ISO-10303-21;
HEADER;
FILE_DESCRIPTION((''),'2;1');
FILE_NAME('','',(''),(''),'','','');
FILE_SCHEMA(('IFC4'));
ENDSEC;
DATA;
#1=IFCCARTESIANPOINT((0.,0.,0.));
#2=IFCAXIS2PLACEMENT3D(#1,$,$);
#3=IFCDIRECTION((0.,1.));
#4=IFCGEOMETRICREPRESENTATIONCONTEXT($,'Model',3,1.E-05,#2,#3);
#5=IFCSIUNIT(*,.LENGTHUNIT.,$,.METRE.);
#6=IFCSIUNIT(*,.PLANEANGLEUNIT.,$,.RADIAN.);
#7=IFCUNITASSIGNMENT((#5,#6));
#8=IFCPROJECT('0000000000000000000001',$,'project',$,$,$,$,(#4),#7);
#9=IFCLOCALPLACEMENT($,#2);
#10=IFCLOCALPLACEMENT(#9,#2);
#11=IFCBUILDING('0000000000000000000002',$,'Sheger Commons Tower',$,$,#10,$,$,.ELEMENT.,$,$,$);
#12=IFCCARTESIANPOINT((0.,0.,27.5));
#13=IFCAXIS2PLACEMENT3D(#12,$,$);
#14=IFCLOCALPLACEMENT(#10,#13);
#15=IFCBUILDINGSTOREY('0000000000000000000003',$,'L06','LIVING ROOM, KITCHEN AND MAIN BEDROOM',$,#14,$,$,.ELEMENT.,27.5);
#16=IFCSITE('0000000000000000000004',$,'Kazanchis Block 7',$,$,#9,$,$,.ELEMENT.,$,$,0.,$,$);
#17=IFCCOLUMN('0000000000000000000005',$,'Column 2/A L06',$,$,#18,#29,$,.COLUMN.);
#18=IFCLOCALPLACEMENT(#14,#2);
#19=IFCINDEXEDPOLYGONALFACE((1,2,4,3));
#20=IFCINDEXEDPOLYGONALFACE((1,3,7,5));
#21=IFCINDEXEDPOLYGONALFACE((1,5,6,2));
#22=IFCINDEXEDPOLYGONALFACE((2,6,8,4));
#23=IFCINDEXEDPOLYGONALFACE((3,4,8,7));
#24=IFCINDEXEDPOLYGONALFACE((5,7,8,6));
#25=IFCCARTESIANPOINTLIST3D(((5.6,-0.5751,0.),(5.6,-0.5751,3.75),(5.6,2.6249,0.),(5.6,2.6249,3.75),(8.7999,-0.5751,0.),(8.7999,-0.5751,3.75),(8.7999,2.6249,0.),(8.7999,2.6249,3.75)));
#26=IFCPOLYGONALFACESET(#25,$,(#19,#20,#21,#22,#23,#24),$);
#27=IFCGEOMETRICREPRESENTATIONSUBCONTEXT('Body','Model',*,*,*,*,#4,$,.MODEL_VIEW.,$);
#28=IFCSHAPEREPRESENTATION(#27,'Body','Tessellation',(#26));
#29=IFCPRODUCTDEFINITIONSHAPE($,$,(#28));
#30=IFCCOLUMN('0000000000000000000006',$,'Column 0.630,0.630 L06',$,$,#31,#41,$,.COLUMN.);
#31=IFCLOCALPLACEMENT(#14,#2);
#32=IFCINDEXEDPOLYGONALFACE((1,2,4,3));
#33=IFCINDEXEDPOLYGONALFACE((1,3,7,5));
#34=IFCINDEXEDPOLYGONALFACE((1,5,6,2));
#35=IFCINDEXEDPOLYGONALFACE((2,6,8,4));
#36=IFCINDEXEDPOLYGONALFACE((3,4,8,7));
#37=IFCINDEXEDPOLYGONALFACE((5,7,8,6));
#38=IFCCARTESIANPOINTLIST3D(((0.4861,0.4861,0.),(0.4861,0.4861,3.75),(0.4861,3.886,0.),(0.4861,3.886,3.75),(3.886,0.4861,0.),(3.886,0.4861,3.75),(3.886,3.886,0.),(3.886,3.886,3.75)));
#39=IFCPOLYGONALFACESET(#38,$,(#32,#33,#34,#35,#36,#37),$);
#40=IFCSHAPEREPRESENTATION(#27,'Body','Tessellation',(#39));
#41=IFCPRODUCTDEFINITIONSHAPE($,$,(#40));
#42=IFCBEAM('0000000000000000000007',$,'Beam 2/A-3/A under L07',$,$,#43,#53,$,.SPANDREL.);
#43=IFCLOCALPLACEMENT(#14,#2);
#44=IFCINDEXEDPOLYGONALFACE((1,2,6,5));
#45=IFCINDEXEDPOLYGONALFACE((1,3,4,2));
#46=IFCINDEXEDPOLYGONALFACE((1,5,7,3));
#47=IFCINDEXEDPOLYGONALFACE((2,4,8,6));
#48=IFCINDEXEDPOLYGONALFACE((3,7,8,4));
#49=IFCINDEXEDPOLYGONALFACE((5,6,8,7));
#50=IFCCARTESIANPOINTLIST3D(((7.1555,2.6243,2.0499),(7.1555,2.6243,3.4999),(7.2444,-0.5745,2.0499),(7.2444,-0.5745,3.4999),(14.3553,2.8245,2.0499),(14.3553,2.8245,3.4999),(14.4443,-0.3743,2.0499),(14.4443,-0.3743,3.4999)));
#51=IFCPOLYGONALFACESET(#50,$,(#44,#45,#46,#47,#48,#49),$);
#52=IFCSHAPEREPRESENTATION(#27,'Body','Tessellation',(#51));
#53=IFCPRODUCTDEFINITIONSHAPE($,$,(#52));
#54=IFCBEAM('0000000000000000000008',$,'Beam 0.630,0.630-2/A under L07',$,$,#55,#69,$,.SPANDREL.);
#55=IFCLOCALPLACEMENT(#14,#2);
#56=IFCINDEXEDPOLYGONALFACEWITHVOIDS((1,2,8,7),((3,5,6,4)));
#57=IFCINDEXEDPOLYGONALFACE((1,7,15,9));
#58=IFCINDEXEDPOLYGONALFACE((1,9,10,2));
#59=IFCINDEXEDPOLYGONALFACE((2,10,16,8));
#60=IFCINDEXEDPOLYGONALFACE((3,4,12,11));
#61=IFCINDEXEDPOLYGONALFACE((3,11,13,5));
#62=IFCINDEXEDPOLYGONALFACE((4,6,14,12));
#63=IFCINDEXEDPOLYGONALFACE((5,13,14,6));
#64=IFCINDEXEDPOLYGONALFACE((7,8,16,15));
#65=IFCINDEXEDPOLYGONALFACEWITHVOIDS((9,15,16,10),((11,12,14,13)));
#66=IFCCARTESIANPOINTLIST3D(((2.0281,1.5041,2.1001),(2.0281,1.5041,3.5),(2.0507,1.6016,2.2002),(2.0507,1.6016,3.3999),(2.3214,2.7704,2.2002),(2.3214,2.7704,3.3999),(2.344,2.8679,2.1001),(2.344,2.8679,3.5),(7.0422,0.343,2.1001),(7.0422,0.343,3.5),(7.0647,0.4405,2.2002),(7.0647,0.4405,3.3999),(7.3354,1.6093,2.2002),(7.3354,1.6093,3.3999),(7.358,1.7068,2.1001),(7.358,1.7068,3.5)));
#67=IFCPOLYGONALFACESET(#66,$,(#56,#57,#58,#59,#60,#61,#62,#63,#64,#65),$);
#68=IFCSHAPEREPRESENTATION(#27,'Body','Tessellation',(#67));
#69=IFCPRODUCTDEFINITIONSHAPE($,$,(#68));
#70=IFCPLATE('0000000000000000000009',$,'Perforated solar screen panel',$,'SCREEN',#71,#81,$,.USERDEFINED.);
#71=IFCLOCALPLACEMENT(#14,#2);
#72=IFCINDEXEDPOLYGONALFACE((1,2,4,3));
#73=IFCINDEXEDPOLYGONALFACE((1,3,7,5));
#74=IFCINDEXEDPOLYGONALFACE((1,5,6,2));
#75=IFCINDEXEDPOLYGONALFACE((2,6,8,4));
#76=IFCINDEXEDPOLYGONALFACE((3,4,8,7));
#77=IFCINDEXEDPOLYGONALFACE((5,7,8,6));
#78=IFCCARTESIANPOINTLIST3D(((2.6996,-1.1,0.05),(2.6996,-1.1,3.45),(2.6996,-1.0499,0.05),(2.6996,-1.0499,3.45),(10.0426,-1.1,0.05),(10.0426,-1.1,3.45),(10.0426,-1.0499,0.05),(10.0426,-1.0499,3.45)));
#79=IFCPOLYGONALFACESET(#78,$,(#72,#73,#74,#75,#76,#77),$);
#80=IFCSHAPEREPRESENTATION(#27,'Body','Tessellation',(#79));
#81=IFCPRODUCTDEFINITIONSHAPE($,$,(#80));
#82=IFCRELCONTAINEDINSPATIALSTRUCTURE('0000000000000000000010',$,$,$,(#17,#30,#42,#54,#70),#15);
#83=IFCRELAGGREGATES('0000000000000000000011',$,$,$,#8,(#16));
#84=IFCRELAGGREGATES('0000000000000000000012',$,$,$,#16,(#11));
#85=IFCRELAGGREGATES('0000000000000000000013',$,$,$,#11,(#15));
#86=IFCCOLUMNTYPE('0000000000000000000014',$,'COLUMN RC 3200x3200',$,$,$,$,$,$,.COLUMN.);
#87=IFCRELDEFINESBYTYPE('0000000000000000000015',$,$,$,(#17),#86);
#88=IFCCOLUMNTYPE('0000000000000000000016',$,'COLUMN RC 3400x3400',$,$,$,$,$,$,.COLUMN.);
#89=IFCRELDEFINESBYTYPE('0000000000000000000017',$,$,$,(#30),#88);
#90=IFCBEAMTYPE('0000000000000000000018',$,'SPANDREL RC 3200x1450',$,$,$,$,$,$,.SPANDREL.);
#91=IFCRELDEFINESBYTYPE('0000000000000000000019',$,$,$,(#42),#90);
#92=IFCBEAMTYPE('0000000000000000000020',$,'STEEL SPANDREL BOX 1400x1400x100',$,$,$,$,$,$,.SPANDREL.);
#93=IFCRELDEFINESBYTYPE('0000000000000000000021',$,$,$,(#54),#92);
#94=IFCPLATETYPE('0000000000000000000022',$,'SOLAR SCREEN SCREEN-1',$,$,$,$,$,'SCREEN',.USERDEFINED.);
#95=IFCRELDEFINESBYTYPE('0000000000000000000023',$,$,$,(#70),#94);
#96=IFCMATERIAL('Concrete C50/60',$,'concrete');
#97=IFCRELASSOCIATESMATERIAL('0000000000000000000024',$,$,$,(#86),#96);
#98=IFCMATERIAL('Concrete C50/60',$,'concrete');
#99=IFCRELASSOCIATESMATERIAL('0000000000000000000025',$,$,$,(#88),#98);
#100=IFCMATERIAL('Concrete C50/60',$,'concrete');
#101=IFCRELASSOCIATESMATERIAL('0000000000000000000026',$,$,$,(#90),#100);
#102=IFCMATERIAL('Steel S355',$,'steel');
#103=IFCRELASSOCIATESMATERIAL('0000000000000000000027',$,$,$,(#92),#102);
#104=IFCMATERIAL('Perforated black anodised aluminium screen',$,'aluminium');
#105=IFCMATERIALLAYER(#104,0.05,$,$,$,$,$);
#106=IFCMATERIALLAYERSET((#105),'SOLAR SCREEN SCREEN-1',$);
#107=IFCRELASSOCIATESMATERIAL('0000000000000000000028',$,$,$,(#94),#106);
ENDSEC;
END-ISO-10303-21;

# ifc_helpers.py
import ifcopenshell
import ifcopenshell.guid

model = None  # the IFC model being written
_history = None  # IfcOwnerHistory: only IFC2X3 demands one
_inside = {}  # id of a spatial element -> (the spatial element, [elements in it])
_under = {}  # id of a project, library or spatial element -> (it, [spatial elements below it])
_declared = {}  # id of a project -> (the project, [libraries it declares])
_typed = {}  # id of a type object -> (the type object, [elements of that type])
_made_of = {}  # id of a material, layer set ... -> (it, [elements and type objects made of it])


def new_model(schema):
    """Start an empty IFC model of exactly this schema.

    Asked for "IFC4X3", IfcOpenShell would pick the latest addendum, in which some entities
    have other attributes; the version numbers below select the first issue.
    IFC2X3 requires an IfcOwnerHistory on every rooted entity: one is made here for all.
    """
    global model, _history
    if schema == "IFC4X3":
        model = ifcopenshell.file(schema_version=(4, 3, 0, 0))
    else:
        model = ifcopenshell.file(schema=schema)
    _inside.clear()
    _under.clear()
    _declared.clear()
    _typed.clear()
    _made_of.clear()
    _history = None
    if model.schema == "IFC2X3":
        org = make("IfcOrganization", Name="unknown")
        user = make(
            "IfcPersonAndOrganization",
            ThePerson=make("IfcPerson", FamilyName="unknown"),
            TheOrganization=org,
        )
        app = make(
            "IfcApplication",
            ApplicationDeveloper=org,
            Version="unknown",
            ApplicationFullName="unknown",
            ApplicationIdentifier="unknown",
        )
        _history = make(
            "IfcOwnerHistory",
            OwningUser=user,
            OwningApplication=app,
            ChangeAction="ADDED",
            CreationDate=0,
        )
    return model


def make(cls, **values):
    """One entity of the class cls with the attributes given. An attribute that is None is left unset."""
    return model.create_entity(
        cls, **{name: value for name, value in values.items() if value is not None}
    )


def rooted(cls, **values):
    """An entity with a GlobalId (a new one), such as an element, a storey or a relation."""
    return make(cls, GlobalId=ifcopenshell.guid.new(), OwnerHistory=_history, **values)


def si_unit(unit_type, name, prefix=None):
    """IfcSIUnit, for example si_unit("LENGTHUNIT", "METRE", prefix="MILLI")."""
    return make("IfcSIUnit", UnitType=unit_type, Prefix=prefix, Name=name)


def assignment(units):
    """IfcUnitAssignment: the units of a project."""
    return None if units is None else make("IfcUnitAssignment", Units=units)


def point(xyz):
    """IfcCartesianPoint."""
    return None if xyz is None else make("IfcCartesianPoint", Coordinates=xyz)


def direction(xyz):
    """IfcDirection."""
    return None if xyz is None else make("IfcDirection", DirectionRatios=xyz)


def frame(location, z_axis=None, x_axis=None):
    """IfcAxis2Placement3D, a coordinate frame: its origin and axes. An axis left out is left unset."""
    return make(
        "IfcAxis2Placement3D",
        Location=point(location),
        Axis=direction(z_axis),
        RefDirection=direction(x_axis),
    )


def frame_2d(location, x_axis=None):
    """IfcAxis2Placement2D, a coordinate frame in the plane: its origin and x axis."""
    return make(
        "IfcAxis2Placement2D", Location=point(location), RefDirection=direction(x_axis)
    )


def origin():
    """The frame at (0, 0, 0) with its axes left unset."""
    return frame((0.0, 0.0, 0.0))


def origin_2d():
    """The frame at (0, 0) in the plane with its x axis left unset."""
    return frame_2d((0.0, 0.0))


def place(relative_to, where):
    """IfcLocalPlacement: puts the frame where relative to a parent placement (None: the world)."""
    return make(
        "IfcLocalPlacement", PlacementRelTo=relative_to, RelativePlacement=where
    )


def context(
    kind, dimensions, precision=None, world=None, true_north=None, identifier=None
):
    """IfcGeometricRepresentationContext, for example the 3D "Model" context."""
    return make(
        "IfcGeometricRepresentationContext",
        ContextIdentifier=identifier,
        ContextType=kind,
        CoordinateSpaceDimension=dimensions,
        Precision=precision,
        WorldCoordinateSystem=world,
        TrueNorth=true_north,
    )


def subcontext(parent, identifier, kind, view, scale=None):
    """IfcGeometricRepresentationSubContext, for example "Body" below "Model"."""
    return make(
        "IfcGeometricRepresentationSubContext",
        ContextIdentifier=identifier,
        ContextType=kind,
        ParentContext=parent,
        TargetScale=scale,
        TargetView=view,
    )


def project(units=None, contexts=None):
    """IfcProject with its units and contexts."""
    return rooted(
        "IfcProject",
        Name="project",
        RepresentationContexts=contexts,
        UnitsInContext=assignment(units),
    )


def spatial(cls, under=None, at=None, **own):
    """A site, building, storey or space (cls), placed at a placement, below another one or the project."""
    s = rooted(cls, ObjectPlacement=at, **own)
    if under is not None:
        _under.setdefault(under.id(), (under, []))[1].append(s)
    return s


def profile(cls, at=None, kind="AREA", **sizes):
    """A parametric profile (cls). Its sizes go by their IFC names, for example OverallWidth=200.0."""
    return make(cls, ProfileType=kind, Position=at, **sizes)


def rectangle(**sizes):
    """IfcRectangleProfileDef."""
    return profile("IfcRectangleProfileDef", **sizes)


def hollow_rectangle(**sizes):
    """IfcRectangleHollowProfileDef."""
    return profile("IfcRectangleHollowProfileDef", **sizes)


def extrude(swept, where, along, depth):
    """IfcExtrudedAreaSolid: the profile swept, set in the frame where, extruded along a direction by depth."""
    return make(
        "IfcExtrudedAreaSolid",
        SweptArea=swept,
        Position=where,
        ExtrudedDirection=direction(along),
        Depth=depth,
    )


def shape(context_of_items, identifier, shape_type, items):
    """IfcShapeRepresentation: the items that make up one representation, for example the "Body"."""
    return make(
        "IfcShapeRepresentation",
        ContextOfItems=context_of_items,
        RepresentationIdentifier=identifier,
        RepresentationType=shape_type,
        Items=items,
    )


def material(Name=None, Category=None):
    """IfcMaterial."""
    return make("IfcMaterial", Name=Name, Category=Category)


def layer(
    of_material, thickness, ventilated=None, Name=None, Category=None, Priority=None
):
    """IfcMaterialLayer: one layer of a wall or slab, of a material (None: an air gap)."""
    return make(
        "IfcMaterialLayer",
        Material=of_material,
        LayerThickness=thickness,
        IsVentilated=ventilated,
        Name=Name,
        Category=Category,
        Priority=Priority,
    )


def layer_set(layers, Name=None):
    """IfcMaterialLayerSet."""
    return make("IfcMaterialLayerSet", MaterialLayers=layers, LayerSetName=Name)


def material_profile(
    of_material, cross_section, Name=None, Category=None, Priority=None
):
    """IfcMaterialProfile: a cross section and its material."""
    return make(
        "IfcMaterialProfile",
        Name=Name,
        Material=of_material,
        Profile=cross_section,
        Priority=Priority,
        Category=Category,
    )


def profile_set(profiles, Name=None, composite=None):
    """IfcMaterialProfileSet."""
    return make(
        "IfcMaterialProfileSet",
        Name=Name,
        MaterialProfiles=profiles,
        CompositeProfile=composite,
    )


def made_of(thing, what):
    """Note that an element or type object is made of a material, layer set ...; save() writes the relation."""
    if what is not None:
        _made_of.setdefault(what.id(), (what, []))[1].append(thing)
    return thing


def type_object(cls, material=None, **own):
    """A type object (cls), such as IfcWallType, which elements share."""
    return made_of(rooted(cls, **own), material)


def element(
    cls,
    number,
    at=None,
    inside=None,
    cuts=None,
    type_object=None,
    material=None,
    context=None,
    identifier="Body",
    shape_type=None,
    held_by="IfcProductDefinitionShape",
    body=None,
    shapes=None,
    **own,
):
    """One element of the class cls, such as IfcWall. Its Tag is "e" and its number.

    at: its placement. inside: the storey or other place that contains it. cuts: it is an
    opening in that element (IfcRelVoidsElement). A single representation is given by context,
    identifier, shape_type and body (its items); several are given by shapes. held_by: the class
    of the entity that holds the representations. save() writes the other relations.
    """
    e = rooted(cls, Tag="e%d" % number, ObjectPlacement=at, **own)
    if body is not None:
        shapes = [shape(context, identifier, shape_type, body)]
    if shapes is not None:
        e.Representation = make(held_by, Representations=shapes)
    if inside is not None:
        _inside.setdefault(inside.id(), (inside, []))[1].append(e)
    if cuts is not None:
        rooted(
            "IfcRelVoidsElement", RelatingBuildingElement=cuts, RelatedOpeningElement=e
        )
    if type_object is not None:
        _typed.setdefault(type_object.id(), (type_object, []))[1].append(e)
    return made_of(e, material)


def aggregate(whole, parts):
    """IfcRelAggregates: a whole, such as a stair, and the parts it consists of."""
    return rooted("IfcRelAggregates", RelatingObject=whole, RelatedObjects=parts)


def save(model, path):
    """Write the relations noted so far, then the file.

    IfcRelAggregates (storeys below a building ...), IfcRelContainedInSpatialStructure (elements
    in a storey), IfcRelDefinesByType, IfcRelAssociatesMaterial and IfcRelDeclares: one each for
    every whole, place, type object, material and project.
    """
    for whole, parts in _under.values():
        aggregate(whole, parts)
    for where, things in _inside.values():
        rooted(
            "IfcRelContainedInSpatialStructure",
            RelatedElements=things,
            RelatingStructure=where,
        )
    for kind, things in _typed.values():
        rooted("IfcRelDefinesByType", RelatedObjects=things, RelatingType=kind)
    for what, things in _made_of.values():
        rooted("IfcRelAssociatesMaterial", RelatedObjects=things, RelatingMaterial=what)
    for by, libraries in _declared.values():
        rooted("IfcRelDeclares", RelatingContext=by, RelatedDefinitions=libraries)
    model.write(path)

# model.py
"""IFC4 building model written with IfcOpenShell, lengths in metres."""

from ifc_helpers import new_model, si_unit, direction, frame, origin, origin_2d, place, context, subcontext, project, spatial, rectangle, hollow_rectangle, extrude, material, layer, layer_set, material_profile, profile_set, type_object, element, save


model = new_model("IFC4")

# Units and contexts
model_context = context("Model", 3, precision=1e-05, world=origin(), true_north=direction((0.0, 1.0)))
body_context = subcontext(model_context, "Body", "Model", "MODEL_VIEW")
ifc_project = project(units=[si_unit("LENGTHUNIT", "METRE"), si_unit("PLANEANGLEUNIT", "RADIAN")], contexts=[model_context])

# Site, building, storey
site_placement = place(None, origin())
site = spatial("IfcSite", under=ifc_project, at=site_placement, Name="Kazanchis Block 7", CompositionType="ELEMENT", RefElevation=0.0)
building_placement = place(site_placement, origin())
building = spatial("IfcBuilding", under=site, at=building_placement, Name="Sheger Commons Tower", CompositionType="ELEMENT")
storey_placement = place(building_placement, frame((0.0, 0.0, 27.5)))
storey = spatial("IfcBuildingStorey", under=building, at=storey_placement, Name="L06", Description="LIVING ROOM, KITCHEN AND MAIN BEDROOM", CompositionType="ELEMENT", Elevation=27.5)

# Columns
ifc_material_1 = material(Name="Concrete C50/60", Category="concrete")
ifc_material_profile_1 = material_profile(ifc_material_1, rectangle(XDim=3.2, YDim=3.2, at=origin_2d()), Name="RC 3200x3200")
ifc_profile_set_1 = profile_set([ifc_material_profile_1], Name="Concrete C50/60")
column_type_1 = type_object("IfcColumnType", Name="COLUMN RC 3200x3200", PredefinedType="COLUMN", material=ifc_profile_set_1)
column_1_placement = place(storey_placement, frame((7.2, 1.0249, 0.0), z_axis=(0.0, 0.0, 1.0), x_axis=(1.0, 0.0, 0.0)))
element("IfcColumn", 1, at=column_1_placement, inside=storey, type_object=column_type_1, Name="Column 2/A L06", PredefinedType="COLUMN", context=body_context, shape_type="SweptSolid", body=[
    extrude(rectangle(XDim=3.2, YDim=3.2, at=origin_2d()), origin(), (0.0, 0.0, 1.0), 3.75),
])
ifc_material_2 = material(Name="Concrete C50/60", Category="concrete")
ifc_material_profile_2 = material_profile(ifc_material_2, rectangle(XDim=3.3999, YDim=3.3999, at=origin_2d()), Name="RC 3400x3400")
ifc_profile_set_2 = profile_set([ifc_material_profile_2], Name="Concrete C50/60")
column_type_2 = type_object("IfcColumnType", Name="COLUMN RC 3400x3400", PredefinedType="COLUMN", material=ifc_profile_set_2)
column_2_placement = place(storey_placement, frame((2.186, 2.186, 0.0), z_axis=(0.0, 0.0, 1.0), x_axis=(1.0, 0.0, 0.0)))
element("IfcColumn", 2, at=column_2_placement, inside=storey, type_object=column_type_2, Name="Column 0.630,0.630 L06", PredefinedType="COLUMN", context=body_context, shape_type="SweptSolid", body=[
    extrude(rectangle(XDim=3.3999, YDim=3.3999, at=origin_2d()), origin(), (0.0, 0.0, 1.0), 3.75),
])

# Beams
ifc_material_3 = material(Name="Concrete C50/60", Category="concrete")
ifc_material_profile_3 = material_profile(ifc_material_3, rectangle(XDim=3.2, YDim=1.45, at=origin_2d()), Name="RC 3200x1450")
ifc_profile_set_3 = profile_set([ifc_material_profile_3], Name="Concrete C50/60")
beam_type_1 = type_object("IfcBeamType", Name="SPANDREL RC 3200x1450", PredefinedType="SPANDREL", material=ifc_profile_set_3)
beam_1_placement = place(storey_placement, frame((7.2, 1.0249, 2.7749), z_axis=(0.999614, 0.027794, 0.0), x_axis=(-0.027794, 0.999614, 0.0)))
element("IfcBeam", 3, at=beam_1_placement, inside=storey, type_object=beam_type_1, Name="Beam 2/A-3/A under L07", PredefinedType="SPANDREL", context=body_context, shape_type="SweptSolid", body=[
    extrude(rectangle(XDim=3.2, YDim=1.45, at=origin_2d()), origin(), (0.0, 0.0, 1.0), 7.2026),
])
ifc_material_4 = material(Name="Steel S355", Category="steel")
ifc_material_profile_4 = material_profile(ifc_material_4, hollow_rectangle(XDim=1.3999, YDim=1.3999, WallThickness=0.1001, at=origin_2d()), Name="BOX 1400x1400x100")
ifc_profile_set_4 = profile_set([ifc_material_profile_4], Name="Steel S355")
beam_type_2 = type_object("IfcBeamType", Name="STEEL SPANDREL BOX 1400x1400x100", PredefinedType="SPANDREL", material=ifc_profile_set_4)
beam_2_placement = place(storey_placement, frame((2.186, 2.186, 2.8), z_axis=(0.974217, -0.225611, 0.0), x_axis=(0.225611, 0.974217, 0.0)))
element("IfcBeam", 4, at=beam_2_placement, inside=storey, type_object=beam_type_2, Name="Beam 0.630,0.630-2/A under L07", PredefinedType="SPANDREL", context=body_context, shape_type="SweptSolid", body=[
    extrude(hollow_rectangle(XDim=1.3999, YDim=1.3999, WallThickness=0.1001, at=origin_2d()), origin(), (0.0, 0.0, 1.0), 5.1467),
])

# Plate
ifc_material_5 = material(Name="Perforated black anodised aluminium screen", Category="aluminium")
ifc_layer_1 = layer(ifc_material_5, 0.05)
ifc_layer_set_1 = layer_set([ifc_layer_1], Name="SOLAR SCREEN SCREEN-1")
plate_type = type_object("IfcPlateType", Name="SOLAR SCREEN SCREEN-1", ElementType="SCREEN", PredefinedType="USERDEFINED", material=ifc_layer_set_1)
plate_placement = place(storey_placement, frame((6.3711, -1.075, 0.05), z_axis=(0.0, 0.0, 1.0), x_axis=(1.0, 0.0, 0.0)))
element("IfcPlate", 5, at=plate_placement, inside=storey, type_object=plate_type, Name="Perforated solar screen panel", ObjectType="SCREEN", PredefinedType="USERDEFINED", context=body_context, shape_type="SweptSolid", body=[
    extrude(rectangle(XDim=7.343, YDim=0.05, at=origin_2d()), origin(), (0.0, 0.0, 1.0), 3.3999),
])

save(model, "model.ifc")
